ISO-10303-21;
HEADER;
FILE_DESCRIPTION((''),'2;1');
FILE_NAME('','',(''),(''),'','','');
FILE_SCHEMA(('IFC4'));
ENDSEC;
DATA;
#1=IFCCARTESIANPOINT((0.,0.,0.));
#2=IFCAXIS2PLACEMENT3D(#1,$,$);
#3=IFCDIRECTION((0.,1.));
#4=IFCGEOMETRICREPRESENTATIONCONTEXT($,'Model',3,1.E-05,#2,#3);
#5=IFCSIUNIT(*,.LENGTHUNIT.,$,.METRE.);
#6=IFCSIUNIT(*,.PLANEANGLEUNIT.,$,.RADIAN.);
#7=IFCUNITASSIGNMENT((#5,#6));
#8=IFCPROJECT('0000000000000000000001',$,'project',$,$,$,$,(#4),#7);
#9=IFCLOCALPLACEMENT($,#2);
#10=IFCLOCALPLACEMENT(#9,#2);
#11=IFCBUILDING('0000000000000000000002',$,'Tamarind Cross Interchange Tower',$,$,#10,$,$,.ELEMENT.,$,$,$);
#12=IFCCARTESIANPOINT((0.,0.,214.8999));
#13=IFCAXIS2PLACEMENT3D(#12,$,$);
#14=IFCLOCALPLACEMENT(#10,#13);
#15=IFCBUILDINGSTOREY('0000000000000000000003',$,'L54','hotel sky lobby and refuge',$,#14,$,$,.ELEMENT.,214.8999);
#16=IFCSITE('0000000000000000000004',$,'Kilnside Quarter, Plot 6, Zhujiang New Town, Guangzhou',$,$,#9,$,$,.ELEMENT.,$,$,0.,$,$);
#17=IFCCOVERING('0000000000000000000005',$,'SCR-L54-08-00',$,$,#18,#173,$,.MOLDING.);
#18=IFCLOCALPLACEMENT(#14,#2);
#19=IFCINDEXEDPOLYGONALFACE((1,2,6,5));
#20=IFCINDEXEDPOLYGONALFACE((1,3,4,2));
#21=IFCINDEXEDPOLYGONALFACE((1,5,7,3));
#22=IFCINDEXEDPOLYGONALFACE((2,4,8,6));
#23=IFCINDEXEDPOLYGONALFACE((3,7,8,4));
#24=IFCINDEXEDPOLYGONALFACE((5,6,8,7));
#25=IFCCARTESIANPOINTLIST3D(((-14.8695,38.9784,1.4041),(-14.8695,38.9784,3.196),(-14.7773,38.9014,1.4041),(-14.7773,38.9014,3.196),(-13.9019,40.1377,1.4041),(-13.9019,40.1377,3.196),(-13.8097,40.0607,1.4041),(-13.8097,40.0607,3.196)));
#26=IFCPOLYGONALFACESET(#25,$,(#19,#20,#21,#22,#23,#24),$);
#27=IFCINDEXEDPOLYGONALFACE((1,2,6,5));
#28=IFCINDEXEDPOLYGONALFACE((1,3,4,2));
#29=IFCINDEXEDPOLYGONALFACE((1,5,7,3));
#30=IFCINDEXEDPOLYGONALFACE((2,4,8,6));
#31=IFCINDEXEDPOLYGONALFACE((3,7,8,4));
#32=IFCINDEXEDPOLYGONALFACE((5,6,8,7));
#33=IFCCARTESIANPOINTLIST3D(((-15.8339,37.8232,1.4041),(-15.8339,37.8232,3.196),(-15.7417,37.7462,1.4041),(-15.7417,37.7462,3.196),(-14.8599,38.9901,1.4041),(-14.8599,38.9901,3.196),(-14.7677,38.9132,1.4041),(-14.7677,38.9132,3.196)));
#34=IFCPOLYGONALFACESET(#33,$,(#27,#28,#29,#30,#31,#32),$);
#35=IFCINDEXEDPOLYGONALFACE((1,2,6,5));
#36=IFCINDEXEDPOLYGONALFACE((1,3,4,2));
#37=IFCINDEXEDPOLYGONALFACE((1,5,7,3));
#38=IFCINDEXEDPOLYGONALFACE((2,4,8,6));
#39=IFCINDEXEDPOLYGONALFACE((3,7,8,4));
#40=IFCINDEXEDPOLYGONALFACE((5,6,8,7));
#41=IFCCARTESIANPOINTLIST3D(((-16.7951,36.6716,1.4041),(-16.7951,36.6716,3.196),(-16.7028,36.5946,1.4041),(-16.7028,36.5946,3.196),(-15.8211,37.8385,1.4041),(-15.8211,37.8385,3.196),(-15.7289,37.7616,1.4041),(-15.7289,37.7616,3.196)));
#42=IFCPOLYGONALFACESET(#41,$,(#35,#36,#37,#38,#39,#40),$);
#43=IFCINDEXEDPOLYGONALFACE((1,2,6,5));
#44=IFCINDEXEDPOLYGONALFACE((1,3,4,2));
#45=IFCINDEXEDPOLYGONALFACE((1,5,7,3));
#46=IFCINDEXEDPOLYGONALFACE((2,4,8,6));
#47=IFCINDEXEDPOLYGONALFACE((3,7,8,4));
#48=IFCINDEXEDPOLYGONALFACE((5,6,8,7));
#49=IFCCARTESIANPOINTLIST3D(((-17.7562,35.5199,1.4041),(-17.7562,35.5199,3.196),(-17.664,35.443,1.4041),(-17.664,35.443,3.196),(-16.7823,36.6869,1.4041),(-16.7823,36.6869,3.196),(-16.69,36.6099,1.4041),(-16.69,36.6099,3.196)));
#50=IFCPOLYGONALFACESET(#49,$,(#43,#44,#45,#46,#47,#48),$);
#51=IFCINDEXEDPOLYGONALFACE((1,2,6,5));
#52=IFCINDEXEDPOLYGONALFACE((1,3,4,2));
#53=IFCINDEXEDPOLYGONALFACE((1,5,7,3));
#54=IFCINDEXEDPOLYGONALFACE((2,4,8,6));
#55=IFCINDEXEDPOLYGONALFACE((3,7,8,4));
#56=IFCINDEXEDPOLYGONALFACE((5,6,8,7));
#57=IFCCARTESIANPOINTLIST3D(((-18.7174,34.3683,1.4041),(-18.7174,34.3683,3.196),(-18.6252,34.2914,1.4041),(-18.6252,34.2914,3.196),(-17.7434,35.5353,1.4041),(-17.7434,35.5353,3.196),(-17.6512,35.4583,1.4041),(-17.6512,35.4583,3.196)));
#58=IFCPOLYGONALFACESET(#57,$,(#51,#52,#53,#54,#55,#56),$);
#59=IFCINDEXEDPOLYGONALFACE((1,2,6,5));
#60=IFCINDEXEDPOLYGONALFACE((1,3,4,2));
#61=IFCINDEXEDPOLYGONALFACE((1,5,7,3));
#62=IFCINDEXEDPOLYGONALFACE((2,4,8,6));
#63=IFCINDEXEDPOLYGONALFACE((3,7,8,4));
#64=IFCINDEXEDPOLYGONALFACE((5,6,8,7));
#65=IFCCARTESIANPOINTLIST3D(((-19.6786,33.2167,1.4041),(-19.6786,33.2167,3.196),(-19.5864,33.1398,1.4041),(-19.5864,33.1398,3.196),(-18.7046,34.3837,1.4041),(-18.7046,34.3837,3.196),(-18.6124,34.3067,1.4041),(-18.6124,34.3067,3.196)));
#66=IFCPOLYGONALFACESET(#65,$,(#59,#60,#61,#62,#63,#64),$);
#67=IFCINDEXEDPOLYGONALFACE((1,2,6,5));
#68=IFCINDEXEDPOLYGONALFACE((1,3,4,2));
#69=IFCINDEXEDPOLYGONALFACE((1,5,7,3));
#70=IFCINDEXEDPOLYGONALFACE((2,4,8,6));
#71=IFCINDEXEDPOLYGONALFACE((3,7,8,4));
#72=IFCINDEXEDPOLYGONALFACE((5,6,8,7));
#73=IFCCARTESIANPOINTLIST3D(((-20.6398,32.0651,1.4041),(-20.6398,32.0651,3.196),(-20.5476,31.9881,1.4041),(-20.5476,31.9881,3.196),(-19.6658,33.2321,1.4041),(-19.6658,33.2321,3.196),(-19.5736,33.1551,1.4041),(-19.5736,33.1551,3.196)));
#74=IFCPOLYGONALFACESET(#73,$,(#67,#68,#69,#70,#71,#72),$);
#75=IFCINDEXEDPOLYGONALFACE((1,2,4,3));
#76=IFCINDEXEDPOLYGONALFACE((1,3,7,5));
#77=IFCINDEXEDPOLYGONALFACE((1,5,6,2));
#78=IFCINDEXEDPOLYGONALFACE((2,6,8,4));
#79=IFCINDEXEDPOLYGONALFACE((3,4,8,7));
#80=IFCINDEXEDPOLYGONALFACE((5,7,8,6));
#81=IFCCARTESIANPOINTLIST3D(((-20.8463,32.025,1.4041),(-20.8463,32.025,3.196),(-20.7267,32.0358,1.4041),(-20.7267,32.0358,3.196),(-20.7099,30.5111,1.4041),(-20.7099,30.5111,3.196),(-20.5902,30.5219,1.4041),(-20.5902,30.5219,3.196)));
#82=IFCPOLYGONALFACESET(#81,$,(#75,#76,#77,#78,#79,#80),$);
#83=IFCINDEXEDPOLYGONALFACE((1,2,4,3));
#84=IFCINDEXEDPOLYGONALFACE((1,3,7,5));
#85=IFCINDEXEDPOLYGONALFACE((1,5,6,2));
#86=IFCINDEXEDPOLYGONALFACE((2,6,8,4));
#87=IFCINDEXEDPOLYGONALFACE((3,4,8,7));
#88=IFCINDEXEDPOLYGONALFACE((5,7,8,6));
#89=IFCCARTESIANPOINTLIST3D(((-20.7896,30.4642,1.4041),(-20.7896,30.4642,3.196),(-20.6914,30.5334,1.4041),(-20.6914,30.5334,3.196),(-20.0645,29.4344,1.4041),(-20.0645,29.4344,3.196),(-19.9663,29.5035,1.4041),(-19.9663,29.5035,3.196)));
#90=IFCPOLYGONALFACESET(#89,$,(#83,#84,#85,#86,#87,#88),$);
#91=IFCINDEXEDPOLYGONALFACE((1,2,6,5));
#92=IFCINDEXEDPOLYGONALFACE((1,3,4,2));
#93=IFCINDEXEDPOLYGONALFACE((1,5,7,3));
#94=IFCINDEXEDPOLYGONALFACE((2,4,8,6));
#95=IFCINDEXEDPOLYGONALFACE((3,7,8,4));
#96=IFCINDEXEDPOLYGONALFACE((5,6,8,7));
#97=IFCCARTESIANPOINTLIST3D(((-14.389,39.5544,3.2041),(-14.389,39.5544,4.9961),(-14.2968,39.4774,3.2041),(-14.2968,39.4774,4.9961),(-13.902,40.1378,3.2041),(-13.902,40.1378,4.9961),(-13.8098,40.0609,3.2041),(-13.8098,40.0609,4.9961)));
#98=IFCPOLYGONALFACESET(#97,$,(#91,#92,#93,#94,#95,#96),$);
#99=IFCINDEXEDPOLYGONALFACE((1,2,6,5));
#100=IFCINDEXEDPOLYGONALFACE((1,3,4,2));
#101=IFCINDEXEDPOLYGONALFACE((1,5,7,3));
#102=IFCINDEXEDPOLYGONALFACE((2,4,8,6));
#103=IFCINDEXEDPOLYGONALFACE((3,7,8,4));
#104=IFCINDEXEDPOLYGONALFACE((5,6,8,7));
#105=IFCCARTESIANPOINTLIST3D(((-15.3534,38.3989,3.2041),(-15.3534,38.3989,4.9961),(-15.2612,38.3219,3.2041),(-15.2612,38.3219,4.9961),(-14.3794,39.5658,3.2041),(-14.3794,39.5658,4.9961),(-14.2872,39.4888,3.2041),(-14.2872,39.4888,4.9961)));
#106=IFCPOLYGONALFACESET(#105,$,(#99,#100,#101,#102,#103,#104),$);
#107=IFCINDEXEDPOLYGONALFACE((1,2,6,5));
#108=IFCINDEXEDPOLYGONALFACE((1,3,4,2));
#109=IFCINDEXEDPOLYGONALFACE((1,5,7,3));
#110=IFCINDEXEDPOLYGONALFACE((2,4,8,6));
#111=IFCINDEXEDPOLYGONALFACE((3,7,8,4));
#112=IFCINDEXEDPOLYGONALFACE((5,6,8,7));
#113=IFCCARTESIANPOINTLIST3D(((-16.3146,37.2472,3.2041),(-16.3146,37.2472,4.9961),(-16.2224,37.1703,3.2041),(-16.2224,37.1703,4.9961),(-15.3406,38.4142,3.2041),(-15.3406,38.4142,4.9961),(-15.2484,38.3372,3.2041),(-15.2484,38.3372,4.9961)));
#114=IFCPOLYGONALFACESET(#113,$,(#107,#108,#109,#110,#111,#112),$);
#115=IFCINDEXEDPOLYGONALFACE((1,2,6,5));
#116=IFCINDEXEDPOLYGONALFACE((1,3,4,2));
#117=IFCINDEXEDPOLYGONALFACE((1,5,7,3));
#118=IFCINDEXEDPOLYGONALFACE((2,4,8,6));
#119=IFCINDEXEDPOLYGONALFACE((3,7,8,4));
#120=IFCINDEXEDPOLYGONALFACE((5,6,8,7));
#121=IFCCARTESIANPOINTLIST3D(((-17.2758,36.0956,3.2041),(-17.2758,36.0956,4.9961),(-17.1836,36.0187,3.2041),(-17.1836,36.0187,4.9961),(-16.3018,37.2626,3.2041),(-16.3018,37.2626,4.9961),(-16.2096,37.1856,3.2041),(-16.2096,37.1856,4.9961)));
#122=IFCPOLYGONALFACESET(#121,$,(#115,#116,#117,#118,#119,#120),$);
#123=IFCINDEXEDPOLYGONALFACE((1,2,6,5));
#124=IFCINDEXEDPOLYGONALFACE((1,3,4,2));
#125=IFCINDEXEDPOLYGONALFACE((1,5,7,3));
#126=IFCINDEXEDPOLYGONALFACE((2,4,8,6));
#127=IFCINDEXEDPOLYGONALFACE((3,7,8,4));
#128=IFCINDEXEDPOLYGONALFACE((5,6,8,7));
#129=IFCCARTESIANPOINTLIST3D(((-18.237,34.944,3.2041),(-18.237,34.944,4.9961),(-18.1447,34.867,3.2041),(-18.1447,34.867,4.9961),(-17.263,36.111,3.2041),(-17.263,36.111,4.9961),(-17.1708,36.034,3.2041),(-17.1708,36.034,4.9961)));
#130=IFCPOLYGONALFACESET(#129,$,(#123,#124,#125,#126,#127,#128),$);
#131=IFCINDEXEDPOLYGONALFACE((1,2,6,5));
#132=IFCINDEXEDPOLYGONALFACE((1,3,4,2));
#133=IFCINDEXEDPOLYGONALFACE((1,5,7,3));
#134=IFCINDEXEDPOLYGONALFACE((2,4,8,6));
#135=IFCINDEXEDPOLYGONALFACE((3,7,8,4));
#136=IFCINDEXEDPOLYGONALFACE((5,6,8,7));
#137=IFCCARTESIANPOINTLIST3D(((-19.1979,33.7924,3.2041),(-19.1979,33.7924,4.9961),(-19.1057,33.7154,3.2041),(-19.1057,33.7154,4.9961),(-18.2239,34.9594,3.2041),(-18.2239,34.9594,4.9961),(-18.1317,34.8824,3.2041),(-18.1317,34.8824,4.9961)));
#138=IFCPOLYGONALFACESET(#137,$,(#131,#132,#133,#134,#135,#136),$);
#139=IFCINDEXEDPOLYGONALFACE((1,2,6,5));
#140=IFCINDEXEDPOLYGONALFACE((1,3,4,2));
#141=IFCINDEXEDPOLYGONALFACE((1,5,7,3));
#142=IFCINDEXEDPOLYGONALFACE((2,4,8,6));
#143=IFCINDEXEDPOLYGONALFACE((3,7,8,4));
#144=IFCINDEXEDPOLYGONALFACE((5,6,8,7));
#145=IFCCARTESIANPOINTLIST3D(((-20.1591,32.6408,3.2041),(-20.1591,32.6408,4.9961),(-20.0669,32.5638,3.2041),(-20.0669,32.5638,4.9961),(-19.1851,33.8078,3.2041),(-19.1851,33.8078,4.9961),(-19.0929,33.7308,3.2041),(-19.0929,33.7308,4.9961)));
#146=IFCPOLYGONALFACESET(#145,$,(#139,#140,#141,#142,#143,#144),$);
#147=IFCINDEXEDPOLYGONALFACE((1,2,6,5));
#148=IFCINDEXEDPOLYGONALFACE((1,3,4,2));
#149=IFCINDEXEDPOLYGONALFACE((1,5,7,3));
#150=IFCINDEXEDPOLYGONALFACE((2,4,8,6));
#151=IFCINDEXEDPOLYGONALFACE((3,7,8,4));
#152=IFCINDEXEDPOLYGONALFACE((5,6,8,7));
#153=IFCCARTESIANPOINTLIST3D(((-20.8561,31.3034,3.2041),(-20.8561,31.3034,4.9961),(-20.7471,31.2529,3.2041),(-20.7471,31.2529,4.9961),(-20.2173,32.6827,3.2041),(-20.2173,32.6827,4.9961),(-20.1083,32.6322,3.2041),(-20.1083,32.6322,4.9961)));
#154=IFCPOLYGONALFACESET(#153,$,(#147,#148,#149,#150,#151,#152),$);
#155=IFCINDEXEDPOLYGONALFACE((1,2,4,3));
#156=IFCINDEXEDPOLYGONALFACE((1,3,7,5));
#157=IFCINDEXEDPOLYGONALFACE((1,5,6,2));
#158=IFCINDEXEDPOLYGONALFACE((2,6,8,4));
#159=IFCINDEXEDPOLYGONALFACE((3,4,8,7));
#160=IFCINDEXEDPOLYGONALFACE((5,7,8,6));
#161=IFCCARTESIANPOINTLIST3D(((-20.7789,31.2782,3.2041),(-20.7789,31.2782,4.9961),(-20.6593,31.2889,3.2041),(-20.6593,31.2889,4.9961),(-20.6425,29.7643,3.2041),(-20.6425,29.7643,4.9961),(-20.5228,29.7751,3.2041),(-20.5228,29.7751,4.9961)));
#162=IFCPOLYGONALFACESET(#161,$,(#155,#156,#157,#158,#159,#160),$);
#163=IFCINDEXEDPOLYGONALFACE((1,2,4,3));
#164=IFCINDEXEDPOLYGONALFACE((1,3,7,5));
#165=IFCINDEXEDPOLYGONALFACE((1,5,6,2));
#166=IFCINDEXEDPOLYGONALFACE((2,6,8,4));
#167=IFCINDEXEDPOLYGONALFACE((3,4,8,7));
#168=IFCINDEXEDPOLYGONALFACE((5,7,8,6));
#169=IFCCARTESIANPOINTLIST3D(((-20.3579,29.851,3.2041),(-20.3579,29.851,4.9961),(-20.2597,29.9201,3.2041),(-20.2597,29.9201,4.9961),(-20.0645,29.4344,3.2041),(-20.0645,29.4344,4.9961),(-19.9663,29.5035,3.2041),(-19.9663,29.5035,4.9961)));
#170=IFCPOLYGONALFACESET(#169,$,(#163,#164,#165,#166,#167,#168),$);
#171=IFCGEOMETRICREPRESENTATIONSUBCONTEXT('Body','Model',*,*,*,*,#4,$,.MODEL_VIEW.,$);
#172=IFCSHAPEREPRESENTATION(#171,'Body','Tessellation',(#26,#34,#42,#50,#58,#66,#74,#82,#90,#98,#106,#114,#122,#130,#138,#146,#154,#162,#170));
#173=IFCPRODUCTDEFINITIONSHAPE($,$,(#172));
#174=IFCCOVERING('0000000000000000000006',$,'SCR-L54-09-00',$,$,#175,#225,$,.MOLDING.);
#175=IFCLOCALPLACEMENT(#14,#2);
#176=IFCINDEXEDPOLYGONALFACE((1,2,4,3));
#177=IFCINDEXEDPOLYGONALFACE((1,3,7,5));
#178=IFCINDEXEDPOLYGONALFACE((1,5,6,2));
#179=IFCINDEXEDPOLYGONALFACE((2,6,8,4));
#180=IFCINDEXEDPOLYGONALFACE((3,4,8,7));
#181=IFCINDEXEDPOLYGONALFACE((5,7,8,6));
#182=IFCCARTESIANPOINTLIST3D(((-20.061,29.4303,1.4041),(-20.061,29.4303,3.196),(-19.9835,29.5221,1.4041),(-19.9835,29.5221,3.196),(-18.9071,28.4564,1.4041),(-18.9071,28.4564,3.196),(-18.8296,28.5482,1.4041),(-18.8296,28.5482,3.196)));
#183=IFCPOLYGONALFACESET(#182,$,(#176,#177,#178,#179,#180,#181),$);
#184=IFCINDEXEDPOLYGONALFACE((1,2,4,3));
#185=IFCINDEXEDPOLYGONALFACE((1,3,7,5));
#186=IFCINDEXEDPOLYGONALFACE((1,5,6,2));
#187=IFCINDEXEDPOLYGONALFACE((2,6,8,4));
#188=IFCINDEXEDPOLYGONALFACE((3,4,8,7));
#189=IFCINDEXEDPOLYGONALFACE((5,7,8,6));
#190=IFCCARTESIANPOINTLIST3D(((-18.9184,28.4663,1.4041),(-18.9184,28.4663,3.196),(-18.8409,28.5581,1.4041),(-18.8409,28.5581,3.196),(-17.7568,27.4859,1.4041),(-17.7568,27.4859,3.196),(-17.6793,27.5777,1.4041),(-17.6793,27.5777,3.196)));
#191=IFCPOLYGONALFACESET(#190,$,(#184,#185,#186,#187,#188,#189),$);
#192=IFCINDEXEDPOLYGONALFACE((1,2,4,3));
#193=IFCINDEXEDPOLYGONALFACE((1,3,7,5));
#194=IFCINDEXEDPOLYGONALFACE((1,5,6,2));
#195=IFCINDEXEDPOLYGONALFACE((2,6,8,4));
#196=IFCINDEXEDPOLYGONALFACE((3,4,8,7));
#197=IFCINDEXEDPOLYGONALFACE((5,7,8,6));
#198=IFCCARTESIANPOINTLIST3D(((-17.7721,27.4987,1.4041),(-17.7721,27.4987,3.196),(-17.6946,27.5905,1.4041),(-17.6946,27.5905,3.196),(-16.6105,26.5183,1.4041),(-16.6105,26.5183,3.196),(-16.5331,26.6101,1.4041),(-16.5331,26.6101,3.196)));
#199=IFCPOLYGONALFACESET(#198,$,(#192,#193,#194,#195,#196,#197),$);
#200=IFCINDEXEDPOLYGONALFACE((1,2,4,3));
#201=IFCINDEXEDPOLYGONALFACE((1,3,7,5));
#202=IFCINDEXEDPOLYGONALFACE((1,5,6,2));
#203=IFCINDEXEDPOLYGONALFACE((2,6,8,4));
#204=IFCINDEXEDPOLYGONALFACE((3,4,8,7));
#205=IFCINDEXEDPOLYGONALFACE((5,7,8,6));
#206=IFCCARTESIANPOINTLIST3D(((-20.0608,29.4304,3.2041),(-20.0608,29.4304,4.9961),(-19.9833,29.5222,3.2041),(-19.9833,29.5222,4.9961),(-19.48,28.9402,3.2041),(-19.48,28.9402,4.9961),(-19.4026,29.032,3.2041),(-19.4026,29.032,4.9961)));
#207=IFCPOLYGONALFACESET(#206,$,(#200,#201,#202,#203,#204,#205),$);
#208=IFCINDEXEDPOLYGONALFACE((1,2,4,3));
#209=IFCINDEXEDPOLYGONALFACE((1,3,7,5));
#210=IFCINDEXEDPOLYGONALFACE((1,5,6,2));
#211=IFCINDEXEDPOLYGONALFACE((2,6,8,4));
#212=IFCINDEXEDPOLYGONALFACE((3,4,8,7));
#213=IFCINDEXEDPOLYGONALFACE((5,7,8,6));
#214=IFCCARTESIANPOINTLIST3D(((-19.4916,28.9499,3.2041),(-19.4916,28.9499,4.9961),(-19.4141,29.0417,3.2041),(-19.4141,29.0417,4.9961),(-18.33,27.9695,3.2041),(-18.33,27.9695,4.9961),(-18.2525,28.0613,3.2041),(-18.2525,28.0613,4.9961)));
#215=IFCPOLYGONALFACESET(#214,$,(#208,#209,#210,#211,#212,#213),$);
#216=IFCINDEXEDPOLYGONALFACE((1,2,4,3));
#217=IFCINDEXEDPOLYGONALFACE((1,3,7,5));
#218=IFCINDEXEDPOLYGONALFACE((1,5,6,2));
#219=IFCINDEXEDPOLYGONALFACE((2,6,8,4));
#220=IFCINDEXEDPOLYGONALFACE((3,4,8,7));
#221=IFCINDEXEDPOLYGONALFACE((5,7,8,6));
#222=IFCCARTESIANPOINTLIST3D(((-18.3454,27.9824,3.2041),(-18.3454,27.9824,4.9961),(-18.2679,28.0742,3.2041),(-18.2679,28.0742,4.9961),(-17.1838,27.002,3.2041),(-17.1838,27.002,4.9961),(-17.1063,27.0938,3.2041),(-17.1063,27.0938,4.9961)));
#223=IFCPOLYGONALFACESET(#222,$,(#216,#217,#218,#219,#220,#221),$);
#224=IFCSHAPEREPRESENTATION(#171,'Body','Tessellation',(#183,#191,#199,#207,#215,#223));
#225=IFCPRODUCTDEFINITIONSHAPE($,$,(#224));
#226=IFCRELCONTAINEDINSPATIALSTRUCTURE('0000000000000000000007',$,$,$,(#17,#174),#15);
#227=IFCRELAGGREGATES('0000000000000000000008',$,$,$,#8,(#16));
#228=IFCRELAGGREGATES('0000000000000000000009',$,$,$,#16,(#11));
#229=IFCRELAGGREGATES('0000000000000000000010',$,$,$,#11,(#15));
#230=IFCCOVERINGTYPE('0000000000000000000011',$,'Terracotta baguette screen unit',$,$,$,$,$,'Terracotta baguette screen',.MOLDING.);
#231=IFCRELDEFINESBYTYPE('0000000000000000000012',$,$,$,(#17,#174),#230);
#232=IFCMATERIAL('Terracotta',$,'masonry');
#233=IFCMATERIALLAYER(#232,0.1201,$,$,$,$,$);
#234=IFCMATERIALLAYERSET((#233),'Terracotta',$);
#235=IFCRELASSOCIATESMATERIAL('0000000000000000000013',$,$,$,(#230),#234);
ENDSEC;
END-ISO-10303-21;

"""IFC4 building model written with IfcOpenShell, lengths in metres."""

from ifc_helpers import new_model, si_unit, direction, frame, origin, origin_2d, place, context, subcontext, project, spatial, rectangle, extrude, material, layer, layer_set, type_object, element, save


model = new_model("IFC4")

# Units and contexts
model_context = context("Model", 3, precision=1e-05, world=origin(), true_north=direction((0.0, 1.0)))
body_context = subcontext(model_context, "Body", "Model", "MODEL_VIEW")
ifc_project = project(units=[si_unit("LENGTHUNIT", "METRE"), si_unit("PLANEANGLEUNIT", "RADIAN")], contexts=[model_context])

# Site, building, storey
site_placement = place(None, origin())
site = spatial("IfcSite", under=ifc_project, at=site_placement, Name="Kilnside Quarter, Plot 6, Zhujiang New Town, Guangzhou", CompositionType="ELEMENT", RefElevation=0.0)
building_placement = place(site_placement, origin())
building = spatial("IfcBuilding", under=site, at=building_placement, Name="Tamarind Cross Interchange Tower", CompositionType="ELEMENT")
storey_placement = place(building_placement, frame((0.0, 0.0, 214.8999)))
storey = spatial("IfcBuildingStorey", under=building, at=storey_placement, Name="L54", Description="hotel sky lobby and refuge", CompositionType="ELEMENT", Elevation=214.8999)

# Coverings
ifc_material_1 = material(Name="Terracotta", Category="masonry")
ifc_layer_1 = layer(ifc_material_1, 0.1201)
ifc_layer_set_1 = layer_set([ifc_layer_1], Name="Terracotta")
covering_type = type_object("IfcCoveringType", Name="Terracotta baguette screen unit", ElementType="Terracotta baguette screen", PredefinedType="MOLDING", material=ifc_layer_set_1)
covering_1_placement = place(storey_placement, origin())
element("IfcCovering", 1, at=covering_1_placement, inside=storey, type_object=covering_type, Name="SCR-L54-08-00", PredefinedType="MOLDING", context=body_context, shape_type="SweptSolid", body=[
    extrude(rectangle(XDim=1.51, YDim=0.1201, at=origin_2d()), frame((-14.3396, 39.5195, 1.4041), z_axis=(0.0, 0.0, 1.0), x_axis=(-0.640775, -0.767729, 0.0)), (0.0, 0.0, 1.0), 1.792),
    extrude(rectangle(XDim=1.52, YDim=0.1201, at=origin_2d()), frame((-15.3008, 38.3682, 1.4041), z_axis=(0.0, 0.0, 1.0), x_axis=(-0.640775, -0.767729, 0.0)), (0.0, 0.0, 1.0), 1.792),
    extrude(rectangle(XDim=1.52, YDim=0.1201, at=origin_2d()), frame((-16.262, 37.2166, 1.4041), z_axis=(0.0, 0.0, 1.0), x_axis=(-0.640775, -0.767729, 0.0)), (0.0, 0.0, 1.0), 1.792),
    extrude(rectangle(XDim=1.52, YDim=0.1201, at=origin_2d()), frame((-17.2231, 36.0649, 1.4041), z_axis=(0.0, 0.0, 1.0), x_axis=(-0.640775, -0.767729, 0.0)), (0.0, 0.0, 1.0), 1.792),
    extrude(rectangle(XDim=1.52, YDim=0.1201, at=origin_2d()), frame((-18.1843, 34.9133, 1.4041), z_axis=(0.0, 0.0, 1.0), x_axis=(-0.640775, -0.767729, 0.0)), (0.0, 0.0, 1.0), 1.792),
    extrude(rectangle(XDim=1.52, YDim=0.1201, at=origin_2d()), frame((-19.1455, 33.7617, 1.4041), z_axis=(0.0, 0.0, 1.0), x_axis=(-0.640775, -0.767729, 0.0)), (0.0, 0.0, 1.0), 1.792),
    extrude(rectangle(XDim=1.52, YDim=0.1201, at=origin_2d()), frame((-20.1067, 32.6101, 1.4041), z_axis=(0.0, 0.0, 1.0), x_axis=(-0.640775, -0.767729, 0.0)), (0.0, 0.0, 1.0), 1.792),
    extrude(rectangle(XDim=1.52, YDim=0.1201, at=origin_2d()), frame((-20.7183, 31.2734, 1.4041), z_axis=(0.0, 0.0, 1.0), x_axis=(0.08977, -0.995962, 0.0)), (0.0, 0.0, 1.0), 1.792),
    extrude(rectangle(XDim=1.2595, YDim=0.1201, at=origin_2d()), frame((-20.3779, 29.9839, 1.4041), z_axis=(0.0, 0.0, 1.0), x_axis=(0.575725, -0.817644, 0.0)), (0.0, 0.0, 1.0), 1.792),
    extrude(rectangle(XDim=0.76, YDim=0.1201, at=origin_2d()), frame((-14.0994, 39.8076, 3.2041), z_axis=(0.0, 0.0, 1.0), x_axis=(-0.640775, -0.767729, 0.0)), (0.0, 0.0, 1.0), 1.792),
    extrude(rectangle(XDim=1.52, YDim=0.1201, at=origin_2d()), frame((-14.8203, 38.9438, 3.2041), z_axis=(0.0, 0.0, 1.0), x_axis=(-0.640775, -0.767729, 0.0)), (0.0, 0.0, 1.0), 1.792),
    extrude(rectangle(XDim=1.52, YDim=0.1201, at=origin_2d()), frame((-15.7815, 37.7922, 3.2041), z_axis=(0.0, 0.0, 1.0), x_axis=(-0.640775, -0.767729, 0.0)), (0.0, 0.0, 1.0), 1.792),
    extrude(rectangle(XDim=1.52, YDim=0.1201, at=origin_2d()), frame((-16.7427, 36.6406, 3.2041), z_axis=(0.0, 0.0, 1.0), x_axis=(-0.640775, -0.767729, 0.0)), (0.0, 0.0, 1.0), 1.792),
    extrude(rectangle(XDim=1.52, YDim=0.1201, at=origin_2d()), frame((-17.7039, 35.489, 3.2041), z_axis=(0.0, 0.0, 1.0), x_axis=(-0.640775, -0.767729, 0.0)), (0.0, 0.0, 1.0), 1.792),
    extrude(rectangle(XDim=1.52, YDim=0.1201, at=origin_2d()), frame((-18.6648, 34.3374, 3.2041), z_axis=(0.0, 0.0, 1.0), x_axis=(-0.640775, -0.767729, 0.0)), (0.0, 0.0, 1.0), 1.792),
    extrude(rectangle(XDim=1.52, YDim=0.1201, at=origin_2d()), frame((-19.626, 33.1858, 3.2041), z_axis=(0.0, 0.0, 1.0), x_axis=(-0.640775, -0.767729, 0.0)), (0.0, 0.0, 1.0), 1.792),
    extrude(rectangle(XDim=1.52, YDim=0.1201, at=origin_2d()), frame((-20.4822, 31.9678, 3.2041), z_axis=(0.0, 0.0, 1.0), x_axis=(-0.420238, -0.907414, 0.0)), (0.0, 0.0, 1.0), 1.792),
    extrude(rectangle(XDim=1.52, YDim=0.1201, at=origin_2d()), frame((-20.6509, 30.5266, 3.2041), z_axis=(0.0, 0.0, 1.0), x_axis=(0.08977, -0.995962, 0.0)), (0.0, 0.0, 1.0), 1.792),
    extrude(rectangle(XDim=0.5095, YDim=0.1201, at=origin_2d()), frame((-20.1621, 29.6772, 3.2041), z_axis=(0.0, 0.0, 1.0), x_axis=(0.575725, -0.817644, 0.0)), (0.0, 0.0, 1.0), 1.792),
])
covering_2_placement = place(storey_placement, origin())
element("IfcCovering", 2, at=covering_2_placement, inside=storey, type_object=covering_type, Name="SCR-L54-09-00", PredefinedType="MOLDING", context=body_context, shape_type="SweptSolid", body=[
    extrude(rectangle(XDim=1.51, YDim=0.1201, at=origin_2d()), frame((-19.4453, 28.9893, 1.4041), z_axis=(0.0, 0.0, 1.0), x_axis=(0.764191, -0.644989, 0.0)), (0.0, 0.0, 1.0), 1.792),
    extrude(rectangle(XDim=1.52, YDim=0.1201, at=origin_2d()), frame((-18.2988, 28.022, 1.4041), z_axis=(0.0, 0.0, 1.0), x_axis=(0.764191, -0.644989, 0.0)), (0.0, 0.0, 1.0), 1.792),
    extrude(rectangle(XDim=1.52, YDim=0.1201, at=origin_2d()), frame((-17.1526, 27.0544, 1.4041), z_axis=(0.0, 0.0, 1.0), x_axis=(0.764191, -0.644989, 0.0)), (0.0, 0.0, 1.0), 1.792),
    extrude(rectangle(XDim=0.76, YDim=0.1201, at=origin_2d()), frame((-19.7317, 29.2312, 3.2041), z_axis=(0.0, 0.0, 1.0), x_axis=(0.764191, -0.644989, 0.0)), (0.0, 0.0, 1.0), 1.792),
    extrude(rectangle(XDim=1.52, YDim=0.1201, at=origin_2d()), frame((-18.8721, 28.5056, 3.2041), z_axis=(0.0, 0.0, 1.0), x_axis=(0.764191, -0.644989, 0.0)), (0.0, 0.0, 1.0), 1.792),
    extrude(rectangle(XDim=1.52, YDim=0.1201, at=origin_2d()), frame((-17.7258, 27.5381, 3.2041), z_axis=(0.0, 0.0, 1.0), x_axis=(0.764191, -0.644989, 0.0)), (0.0, 0.0, 1.0), 1.792),
])

save(model, "model.ifc")
